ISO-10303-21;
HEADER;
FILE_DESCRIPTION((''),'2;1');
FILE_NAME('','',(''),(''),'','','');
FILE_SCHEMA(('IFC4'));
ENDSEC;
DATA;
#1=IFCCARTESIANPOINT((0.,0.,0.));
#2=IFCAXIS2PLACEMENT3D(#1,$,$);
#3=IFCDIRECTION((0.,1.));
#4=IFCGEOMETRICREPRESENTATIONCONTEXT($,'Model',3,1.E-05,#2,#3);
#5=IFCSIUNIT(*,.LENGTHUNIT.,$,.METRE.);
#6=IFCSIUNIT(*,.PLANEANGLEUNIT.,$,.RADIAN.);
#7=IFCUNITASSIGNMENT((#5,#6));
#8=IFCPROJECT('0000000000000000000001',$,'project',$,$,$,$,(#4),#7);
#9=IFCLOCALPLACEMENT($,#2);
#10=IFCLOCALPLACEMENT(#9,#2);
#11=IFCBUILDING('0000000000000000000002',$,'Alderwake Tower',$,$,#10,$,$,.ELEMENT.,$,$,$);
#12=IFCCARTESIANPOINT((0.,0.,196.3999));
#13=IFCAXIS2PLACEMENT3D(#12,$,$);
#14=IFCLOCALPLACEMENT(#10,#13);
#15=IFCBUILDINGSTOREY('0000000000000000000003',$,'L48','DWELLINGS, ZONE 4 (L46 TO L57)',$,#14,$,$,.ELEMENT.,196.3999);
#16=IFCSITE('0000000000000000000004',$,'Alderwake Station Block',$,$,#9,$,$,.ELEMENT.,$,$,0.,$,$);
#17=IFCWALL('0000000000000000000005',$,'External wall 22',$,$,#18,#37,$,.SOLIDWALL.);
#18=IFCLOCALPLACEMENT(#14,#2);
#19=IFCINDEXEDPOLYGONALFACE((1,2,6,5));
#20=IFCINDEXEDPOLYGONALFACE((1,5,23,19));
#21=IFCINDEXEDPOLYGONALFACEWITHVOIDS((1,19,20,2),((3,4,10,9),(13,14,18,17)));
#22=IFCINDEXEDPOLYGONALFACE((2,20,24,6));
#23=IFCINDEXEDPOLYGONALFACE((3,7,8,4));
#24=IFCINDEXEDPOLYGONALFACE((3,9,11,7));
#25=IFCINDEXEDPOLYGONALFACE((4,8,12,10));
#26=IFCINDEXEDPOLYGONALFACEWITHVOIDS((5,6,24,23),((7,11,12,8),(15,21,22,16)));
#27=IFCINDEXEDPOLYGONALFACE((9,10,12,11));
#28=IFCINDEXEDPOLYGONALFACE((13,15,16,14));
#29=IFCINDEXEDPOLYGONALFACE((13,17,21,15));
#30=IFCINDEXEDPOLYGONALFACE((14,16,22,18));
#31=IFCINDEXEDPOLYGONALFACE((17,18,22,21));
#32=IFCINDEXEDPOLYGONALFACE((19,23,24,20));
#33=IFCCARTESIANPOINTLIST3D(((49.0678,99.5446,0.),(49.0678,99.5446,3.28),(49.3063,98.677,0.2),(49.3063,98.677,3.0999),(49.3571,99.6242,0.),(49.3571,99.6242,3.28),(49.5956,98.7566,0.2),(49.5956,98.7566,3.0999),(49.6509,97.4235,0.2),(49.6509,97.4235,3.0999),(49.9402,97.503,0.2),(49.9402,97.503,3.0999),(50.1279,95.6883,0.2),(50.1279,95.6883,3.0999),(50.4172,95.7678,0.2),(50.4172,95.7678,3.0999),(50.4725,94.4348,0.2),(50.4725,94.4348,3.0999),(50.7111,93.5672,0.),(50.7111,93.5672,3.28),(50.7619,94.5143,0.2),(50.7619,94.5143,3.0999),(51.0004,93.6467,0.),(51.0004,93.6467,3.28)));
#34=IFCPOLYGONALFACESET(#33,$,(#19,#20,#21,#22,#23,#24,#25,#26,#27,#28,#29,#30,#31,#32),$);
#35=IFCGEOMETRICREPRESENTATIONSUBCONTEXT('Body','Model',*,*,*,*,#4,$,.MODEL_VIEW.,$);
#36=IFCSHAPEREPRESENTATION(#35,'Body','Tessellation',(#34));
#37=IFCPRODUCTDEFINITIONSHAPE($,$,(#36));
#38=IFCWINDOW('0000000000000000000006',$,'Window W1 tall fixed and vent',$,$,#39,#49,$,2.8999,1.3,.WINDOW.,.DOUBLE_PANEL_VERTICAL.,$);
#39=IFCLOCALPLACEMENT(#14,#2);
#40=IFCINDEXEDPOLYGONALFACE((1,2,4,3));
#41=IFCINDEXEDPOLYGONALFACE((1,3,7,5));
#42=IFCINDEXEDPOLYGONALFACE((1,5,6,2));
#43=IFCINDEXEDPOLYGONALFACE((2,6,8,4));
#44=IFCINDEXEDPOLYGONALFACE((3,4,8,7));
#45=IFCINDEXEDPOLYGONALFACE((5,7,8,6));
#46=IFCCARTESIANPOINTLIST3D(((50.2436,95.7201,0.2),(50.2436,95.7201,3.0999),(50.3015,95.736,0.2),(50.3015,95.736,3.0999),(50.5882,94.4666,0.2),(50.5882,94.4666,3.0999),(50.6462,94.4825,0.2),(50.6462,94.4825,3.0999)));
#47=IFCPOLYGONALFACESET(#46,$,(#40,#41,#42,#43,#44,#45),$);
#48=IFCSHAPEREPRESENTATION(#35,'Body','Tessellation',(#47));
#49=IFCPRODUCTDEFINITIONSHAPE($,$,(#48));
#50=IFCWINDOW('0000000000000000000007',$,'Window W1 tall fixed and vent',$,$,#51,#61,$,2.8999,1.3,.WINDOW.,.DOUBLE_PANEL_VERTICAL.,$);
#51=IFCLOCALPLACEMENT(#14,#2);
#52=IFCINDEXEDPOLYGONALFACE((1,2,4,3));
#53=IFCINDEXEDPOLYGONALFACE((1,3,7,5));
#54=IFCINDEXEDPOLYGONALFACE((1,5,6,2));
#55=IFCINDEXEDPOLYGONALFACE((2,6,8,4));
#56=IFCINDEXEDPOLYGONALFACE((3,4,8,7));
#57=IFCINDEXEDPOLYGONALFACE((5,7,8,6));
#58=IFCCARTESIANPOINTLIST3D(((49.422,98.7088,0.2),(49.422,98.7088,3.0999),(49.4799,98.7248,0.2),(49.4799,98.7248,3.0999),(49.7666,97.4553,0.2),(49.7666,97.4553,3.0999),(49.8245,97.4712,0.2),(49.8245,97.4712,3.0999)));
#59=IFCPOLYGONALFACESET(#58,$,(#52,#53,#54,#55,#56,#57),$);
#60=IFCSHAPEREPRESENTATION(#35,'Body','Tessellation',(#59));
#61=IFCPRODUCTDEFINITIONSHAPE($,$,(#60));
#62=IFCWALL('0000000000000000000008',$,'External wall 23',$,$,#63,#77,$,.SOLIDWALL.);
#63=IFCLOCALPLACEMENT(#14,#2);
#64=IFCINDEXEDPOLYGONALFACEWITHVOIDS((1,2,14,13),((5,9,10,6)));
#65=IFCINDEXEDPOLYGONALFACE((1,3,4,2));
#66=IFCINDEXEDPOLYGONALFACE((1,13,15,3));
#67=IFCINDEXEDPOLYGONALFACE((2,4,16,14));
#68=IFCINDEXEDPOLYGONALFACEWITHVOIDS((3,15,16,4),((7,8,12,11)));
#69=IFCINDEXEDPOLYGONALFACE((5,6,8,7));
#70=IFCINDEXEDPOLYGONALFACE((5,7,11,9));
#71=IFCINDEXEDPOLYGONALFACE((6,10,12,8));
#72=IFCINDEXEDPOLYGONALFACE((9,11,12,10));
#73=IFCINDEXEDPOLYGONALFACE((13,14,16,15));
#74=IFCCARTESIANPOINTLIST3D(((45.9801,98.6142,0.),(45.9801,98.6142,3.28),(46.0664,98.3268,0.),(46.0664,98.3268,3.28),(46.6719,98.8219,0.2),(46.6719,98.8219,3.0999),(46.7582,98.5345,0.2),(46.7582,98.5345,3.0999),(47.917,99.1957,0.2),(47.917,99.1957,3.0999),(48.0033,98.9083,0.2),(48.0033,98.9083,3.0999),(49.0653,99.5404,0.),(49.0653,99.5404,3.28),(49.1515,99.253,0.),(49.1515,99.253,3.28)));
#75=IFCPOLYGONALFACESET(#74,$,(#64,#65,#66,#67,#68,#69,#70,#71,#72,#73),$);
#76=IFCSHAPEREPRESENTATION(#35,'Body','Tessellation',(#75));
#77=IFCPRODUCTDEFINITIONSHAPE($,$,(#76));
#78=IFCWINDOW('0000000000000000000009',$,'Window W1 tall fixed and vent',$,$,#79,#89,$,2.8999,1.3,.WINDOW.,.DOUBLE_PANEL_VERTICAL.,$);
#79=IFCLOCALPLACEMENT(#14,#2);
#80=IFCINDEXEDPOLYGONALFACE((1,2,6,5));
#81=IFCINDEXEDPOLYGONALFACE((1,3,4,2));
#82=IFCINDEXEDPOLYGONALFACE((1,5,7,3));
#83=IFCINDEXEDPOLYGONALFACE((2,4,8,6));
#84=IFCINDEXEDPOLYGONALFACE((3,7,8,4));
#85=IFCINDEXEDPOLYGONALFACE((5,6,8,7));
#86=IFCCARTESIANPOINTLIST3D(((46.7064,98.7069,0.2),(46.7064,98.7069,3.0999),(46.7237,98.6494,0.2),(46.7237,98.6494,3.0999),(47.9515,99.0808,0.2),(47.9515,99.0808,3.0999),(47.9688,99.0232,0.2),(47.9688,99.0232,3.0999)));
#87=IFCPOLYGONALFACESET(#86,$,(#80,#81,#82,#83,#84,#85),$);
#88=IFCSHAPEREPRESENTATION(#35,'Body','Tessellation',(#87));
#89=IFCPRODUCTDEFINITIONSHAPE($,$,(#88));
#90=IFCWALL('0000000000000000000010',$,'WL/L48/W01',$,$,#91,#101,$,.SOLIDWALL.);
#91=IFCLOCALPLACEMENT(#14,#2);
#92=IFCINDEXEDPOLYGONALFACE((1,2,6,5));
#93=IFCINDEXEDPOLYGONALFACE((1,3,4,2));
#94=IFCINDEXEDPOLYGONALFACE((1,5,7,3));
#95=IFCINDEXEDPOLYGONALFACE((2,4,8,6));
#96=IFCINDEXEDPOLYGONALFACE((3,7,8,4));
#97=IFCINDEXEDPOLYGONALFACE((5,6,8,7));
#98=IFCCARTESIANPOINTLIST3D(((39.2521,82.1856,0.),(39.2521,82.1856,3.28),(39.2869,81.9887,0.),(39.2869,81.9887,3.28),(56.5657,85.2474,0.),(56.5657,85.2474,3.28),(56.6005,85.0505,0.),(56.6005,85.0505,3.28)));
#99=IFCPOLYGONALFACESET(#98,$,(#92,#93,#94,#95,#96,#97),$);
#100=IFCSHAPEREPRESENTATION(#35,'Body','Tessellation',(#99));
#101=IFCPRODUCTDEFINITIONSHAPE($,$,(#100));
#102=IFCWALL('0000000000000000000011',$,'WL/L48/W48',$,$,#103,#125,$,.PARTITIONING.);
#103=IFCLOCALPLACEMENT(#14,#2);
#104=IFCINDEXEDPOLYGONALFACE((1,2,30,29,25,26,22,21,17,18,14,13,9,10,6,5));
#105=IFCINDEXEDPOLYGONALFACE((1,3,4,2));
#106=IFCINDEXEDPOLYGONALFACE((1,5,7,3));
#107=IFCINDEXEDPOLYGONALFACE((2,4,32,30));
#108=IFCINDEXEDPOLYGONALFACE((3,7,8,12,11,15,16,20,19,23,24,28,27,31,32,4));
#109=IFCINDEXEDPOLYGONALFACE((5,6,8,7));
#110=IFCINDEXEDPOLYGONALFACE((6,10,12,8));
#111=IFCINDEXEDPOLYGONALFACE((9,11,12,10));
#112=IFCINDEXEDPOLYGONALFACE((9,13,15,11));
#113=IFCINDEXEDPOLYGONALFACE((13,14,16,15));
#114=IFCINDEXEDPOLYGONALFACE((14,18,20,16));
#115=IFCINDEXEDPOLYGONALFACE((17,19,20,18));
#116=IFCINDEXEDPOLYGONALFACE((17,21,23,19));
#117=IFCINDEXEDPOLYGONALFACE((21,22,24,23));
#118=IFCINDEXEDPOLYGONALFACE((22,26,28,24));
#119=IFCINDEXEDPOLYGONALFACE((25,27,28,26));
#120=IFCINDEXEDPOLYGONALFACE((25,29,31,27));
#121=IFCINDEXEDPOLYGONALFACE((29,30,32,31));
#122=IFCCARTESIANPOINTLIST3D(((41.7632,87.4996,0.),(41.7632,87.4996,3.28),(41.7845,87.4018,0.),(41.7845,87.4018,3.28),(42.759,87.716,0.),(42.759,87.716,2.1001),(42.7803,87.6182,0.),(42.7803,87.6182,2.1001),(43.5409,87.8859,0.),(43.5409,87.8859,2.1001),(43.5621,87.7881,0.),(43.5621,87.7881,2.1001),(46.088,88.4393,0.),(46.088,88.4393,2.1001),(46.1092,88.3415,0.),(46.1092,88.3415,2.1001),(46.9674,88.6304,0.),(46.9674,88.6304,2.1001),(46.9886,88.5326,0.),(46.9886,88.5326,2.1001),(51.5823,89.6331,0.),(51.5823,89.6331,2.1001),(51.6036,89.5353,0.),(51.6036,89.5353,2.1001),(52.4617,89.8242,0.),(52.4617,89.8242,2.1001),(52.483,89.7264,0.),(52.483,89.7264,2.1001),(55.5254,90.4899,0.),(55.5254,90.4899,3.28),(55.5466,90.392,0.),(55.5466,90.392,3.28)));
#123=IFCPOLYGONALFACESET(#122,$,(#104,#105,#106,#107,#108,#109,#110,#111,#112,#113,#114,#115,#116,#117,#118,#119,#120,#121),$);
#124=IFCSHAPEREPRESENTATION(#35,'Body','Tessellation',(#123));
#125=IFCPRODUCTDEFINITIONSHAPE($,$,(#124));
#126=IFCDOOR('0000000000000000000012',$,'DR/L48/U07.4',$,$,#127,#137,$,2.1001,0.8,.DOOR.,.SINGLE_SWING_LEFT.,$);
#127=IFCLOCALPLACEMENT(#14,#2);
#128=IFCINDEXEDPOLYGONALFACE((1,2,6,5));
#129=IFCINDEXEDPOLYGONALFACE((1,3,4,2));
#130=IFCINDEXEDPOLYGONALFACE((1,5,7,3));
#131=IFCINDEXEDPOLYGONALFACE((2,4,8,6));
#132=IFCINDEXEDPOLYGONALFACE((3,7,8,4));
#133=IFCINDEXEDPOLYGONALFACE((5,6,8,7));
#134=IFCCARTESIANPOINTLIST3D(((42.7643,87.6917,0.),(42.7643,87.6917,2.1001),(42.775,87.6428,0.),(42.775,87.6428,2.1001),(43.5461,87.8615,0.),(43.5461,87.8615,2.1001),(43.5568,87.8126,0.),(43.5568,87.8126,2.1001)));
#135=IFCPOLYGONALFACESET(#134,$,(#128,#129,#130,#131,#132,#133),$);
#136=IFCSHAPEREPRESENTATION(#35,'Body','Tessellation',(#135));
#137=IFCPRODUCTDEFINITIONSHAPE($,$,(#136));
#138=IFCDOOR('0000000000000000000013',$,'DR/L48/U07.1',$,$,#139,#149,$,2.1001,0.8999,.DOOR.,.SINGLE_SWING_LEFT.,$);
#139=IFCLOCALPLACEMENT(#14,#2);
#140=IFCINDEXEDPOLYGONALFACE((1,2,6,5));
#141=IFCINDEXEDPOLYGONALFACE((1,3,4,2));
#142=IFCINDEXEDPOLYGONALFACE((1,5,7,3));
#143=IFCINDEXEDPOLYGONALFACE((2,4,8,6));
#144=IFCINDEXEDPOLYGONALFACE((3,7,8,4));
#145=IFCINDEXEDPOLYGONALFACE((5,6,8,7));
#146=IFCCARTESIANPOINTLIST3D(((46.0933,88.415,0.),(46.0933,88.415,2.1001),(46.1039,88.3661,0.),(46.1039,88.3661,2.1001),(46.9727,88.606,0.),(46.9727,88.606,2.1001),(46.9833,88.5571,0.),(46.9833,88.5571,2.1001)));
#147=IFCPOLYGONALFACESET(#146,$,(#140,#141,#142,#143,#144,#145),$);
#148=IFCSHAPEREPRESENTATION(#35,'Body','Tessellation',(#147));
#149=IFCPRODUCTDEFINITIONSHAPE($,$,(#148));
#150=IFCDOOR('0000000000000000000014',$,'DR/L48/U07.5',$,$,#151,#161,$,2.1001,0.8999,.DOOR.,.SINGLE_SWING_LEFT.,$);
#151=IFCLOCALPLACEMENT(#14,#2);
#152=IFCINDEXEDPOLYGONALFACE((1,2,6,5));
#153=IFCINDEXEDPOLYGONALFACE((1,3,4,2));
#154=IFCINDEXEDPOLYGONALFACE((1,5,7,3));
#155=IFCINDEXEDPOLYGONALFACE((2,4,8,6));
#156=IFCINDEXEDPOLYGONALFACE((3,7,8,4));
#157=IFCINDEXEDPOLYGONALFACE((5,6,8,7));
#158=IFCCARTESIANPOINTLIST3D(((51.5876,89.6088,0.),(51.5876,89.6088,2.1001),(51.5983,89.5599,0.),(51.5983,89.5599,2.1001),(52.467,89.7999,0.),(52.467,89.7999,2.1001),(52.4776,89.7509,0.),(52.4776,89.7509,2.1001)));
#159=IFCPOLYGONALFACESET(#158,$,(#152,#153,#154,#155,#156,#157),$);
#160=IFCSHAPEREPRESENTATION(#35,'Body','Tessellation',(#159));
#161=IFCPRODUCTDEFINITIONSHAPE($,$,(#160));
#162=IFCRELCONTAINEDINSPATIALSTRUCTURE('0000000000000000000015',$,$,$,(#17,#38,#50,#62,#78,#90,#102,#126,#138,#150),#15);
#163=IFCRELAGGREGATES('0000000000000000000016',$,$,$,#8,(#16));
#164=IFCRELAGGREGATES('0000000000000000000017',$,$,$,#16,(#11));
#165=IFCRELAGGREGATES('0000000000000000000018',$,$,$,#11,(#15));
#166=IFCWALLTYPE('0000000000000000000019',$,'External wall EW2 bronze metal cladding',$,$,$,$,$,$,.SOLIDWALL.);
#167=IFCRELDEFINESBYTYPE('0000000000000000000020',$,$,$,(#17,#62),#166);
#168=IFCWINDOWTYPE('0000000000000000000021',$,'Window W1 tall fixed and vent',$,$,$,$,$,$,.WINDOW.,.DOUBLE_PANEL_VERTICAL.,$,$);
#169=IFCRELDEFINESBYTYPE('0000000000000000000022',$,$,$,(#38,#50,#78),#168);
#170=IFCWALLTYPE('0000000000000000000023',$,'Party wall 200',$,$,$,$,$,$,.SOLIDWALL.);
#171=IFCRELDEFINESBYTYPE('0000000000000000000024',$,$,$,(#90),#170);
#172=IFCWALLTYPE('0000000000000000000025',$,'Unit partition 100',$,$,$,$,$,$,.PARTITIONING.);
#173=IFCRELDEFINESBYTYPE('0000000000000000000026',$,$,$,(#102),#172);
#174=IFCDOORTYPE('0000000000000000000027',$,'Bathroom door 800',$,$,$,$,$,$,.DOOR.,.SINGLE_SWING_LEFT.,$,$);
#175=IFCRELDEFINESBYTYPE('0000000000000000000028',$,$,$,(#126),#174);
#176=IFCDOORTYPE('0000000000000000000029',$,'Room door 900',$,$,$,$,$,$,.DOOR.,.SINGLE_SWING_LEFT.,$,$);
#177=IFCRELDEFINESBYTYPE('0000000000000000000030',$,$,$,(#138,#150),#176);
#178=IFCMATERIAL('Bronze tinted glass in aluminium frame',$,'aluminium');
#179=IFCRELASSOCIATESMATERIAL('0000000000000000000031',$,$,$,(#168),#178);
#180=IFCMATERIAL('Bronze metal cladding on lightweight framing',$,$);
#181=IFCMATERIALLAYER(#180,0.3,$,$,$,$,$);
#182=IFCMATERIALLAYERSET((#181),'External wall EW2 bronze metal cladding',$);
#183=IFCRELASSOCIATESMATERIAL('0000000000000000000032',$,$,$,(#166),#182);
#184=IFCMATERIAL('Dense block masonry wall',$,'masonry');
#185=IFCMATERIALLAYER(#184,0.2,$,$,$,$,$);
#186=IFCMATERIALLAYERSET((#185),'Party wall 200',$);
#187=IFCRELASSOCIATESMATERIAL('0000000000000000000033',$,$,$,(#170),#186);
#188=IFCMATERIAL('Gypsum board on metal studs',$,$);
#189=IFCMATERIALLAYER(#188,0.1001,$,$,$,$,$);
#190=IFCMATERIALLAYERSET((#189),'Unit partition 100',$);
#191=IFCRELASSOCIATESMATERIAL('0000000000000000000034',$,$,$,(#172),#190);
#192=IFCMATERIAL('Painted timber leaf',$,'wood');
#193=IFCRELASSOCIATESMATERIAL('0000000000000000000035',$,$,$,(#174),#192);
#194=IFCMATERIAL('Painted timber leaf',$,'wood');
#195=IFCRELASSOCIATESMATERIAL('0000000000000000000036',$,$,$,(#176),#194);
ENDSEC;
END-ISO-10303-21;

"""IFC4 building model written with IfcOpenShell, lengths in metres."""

from ifc_helpers import new_model, si_unit, direction, frame, frame_2d, origin, place, context, subcontext, project, spatial, rectangle, extrude, material, layer, layer_set, type_object, element, fill, save


model = new_model("IFC4")

# Units and contexts
model_context = context("Model", 3, precision=1e-05, world=origin(), true_north=direction((0.0, 1.0)))
body_context = subcontext(model_context, "Body", "Model", "MODEL_VIEW")
ifc_project = project(units=[si_unit("LENGTHUNIT", "METRE"), si_unit("PLANEANGLEUNIT", "RADIAN")], contexts=[model_context])

# Site, building, storey
site_placement = place(None, origin())
site = spatial("IfcSite", under=ifc_project, at=site_placement, Name="Alderwake Station Block", CompositionType="ELEMENT", RefElevation=0.0)
building_placement = place(site_placement, origin())
building = spatial("IfcBuilding", under=site, at=building_placement, Name="Alderwake Tower", CompositionType="ELEMENT")
storey_placement = place(building_placement, frame((0.0, 0.0, 196.3999)))
storey = spatial("IfcBuildingStorey", under=building, at=storey_placement, Name="L48", Description="DWELLINGS, ZONE 4 (L46 TO L57)", CompositionType="ELEMENT", Elevation=196.3999)

# Shared definitions
ifc_material_1 = material(Name="Bronze tinted glass in aluminium frame", Category="aluminium")
window_type = type_object("IfcWindowType", Name="Window W1 tall fixed and vent", PartitioningType="DOUBLE_PANEL_VERTICAL", PredefinedType="WINDOW", material=ifc_material_1)

# Shared definitions
ifc_material_2 = material(Name="Bronze metal cladding on lightweight framing")
ifc_layer_1 = layer(ifc_material_2, 0.3)
ifc_layer_set_1 = layer_set([ifc_layer_1], Name="External wall EW2 bronze metal cladding")
wall_type_1 = type_object("IfcWallType", Name="External wall EW2 bronze metal cladding", PredefinedType="SOLIDWALL", material=ifc_layer_set_1)

# Wall, openings, windows
wall_1_placement = place(storey_placement, frame((50.8557, 93.6069, 0.0), z_axis=(0.0, 0.0, 1.0), x_axis=(-0.26508, 0.964227, 0.0)))
wall_1 = element("IfcWall", 1, at=wall_1_placement, inside=storey, type_object=wall_type_1, Name="External wall 22", PredefinedType="SOLIDWALL", context=body_context, shape_type="SweptSolid", body=[
    extrude(rectangle(XDim=6.1992, YDim=0.3, at=frame_2d((3.0996, 0.0))), origin(), (0.0, 0.0, 1.0), 3.28),
])
opening_1_placement = place(wall_1_placement, frame((0.8999, 0.0, 0.2)))
opening_1 = element("IfcOpeningElement", 2, at=opening_1_placement, cuts=wall_1, PredefinedType="OPENING", context=body_context, shape_type="SweptSolid", body=[
    extrude(rectangle(XDim=1.3, YDim=2.8999, at=frame_2d((0.6499, 1.45))), frame((0.0, 0.1599, 0.0), z_axis=(0.0, -1.0, 0.0), x_axis=(1.0, 0.0, 0.0)), (0.0, 0.0, 1.0), 0.3201),
])
opening_2_placement = place(wall_1_placement, frame((3.9995, 0.0, 0.2)))
opening_2 = element("IfcOpeningElement", 3, at=opening_2_placement, cuts=wall_1, PredefinedType="OPENING", context=body_context, shape_type="SweptSolid", body=[
    extrude(rectangle(XDim=1.3, YDim=2.8999, at=frame_2d((0.6499, 1.45))), frame((0.0, 0.1599, 0.0), z_axis=(0.0, -1.0, 0.0), x_axis=(1.0, 0.0, 0.0)), (0.0, 0.0, 1.0), 0.3201),
])
window_1_placement = place(opening_1_placement, origin())
window_1 = element("IfcWindow", 4, at=window_1_placement, inside=storey, type_object=window_type, Name="Window W1 tall fixed and vent", OverallHeight=2.8999, OverallWidth=1.3, PartitioningType="DOUBLE_PANEL_VERTICAL", PredefinedType="WINDOW", context=body_context, shape_type="SweptSolid", body=[
    extrude(rectangle(XDim=1.3, YDim=2.8999, at=frame_2d((0.6499, 1.45))), frame((0.0, 0.03, 0.0), z_axis=(0.0, -1.0, 0.0), x_axis=(1.0, 0.0, 0.0)), (0.0, 0.0, 1.0), 0.0601),
])
fill(opening_1, window_1)
window_2_placement = place(opening_2_placement, origin())
window_2 = element("IfcWindow", 5, at=window_2_placement, inside=storey, type_object=window_type, Name="Window W1 tall fixed and vent", OverallHeight=2.8999, OverallWidth=1.3, PartitioningType="DOUBLE_PANEL_VERTICAL", PredefinedType="WINDOW", context=body_context, shape_type="SweptSolid", body=[
    extrude(rectangle(XDim=1.3, YDim=2.8999, at=frame_2d((0.6499, 1.45))), frame((0.0, 0.03, 0.0), z_axis=(0.0, -1.0, 0.0), x_axis=(1.0, 0.0, 0.0)), (0.0, 0.0, 1.0), 0.0601),
])
fill(opening_2, window_2)

# Wall, opening, window
wall_2_placement = place(storey_placement, frame((49.1084, 99.3967, 0.0), z_axis=(0.0, 0.0, 1.0), x_axis=(-0.957766, -0.28755, 0.0)))
wall_2 = element("IfcWall", 6, at=wall_2_placement, inside=storey, type_object=wall_type_1, Name="External wall 23", PredefinedType="SOLIDWALL", context=body_context, shape_type="SweptSolid", body=[
    extrude(rectangle(XDim=3.2212, YDim=0.3, at=frame_2d((1.6106, 0.0))), origin(), (0.0, 0.0, 1.0), 3.28),
])
opening_3_placement = place(wall_2_placement, frame((1.199, 0.0, 0.2)))
opening_3 = element("IfcOpeningElement", 7, at=opening_3_placement, cuts=wall_2, PredefinedType="OPENING", context=body_context, shape_type="SweptSolid", body=[
    extrude(rectangle(XDim=1.3, YDim=2.8999, at=frame_2d((0.6499, 1.45))), frame((0.0, 0.1599, 0.0), z_axis=(0.0, -1.0, 0.0), x_axis=(1.0, 0.0, 0.0)), (0.0, 0.0, 1.0), 0.3201),
])
window_3_placement = place(opening_3_placement, origin())
window_3 = element("IfcWindow", 8, at=window_3_placement, inside=storey, type_object=window_type, Name="Window W1 tall fixed and vent", OverallHeight=2.8999, OverallWidth=1.3, PartitioningType="DOUBLE_PANEL_VERTICAL", PredefinedType="WINDOW", context=body_context, shape_type="SweptSolid", body=[
    extrude(rectangle(XDim=1.3, YDim=2.8999, at=frame_2d((0.6499, 1.45))), frame((0.0, 0.03, 0.0), z_axis=(0.0, -1.0, 0.0), x_axis=(1.0, 0.0, 0.0)), (0.0, 0.0, 1.0), 0.0601),
])
fill(opening_3, window_3)

# Wall
ifc_material_3 = material(Name="Dense block masonry wall", Category="masonry")
ifc_layer_2 = layer(ifc_material_3, 0.2)
ifc_layer_set_2 = layer_set([ifc_layer_2], Name="Party wall 200")
wall_type_2 = type_object("IfcWallType", Name="Party wall 200", PredefinedType="SOLIDWALL", material=ifc_layer_set_2)
wall_3_placement = place(storey_placement, frame((56.583, 85.1489, 0.0), z_axis=(0.0, 0.0, 1.0), x_axis=(-0.984721, -0.174139, 0.0)))
element("IfcWall", 9, at=wall_3_placement, inside=storey, type_object=wall_type_2, Name="WL/L48/W01", PredefinedType="SOLIDWALL", context=body_context, shape_type="SweptSolid", body=[
    extrude(rectangle(XDim=17.5823, YDim=0.2, at=frame_2d((8.791, 0.0))), origin(), (0.0, 0.0, 1.0), 3.28),
])

# Wall, openings, doors
ifc_material_4 = material(Name="Gypsum board on metal studs")
ifc_layer_3 = layer(ifc_material_4, 0.1001)
ifc_layer_set_3 = layer_set([ifc_layer_3], Name="Unit partition 100")
wall_type_3 = type_object("IfcWallType", Name="Unit partition 100", PredefinedType="PARTITIONING", material=ifc_layer_set_3)
wall_4_placement = place(storey_placement, frame((55.5359, 90.4409, 0.0), z_axis=(0.0, 0.0, 1.0), x_axis=(-0.977199, -0.212325, 0.0)))
wall_4 = element("IfcWall", 10, at=wall_4_placement, inside=storey, type_object=wall_type_3, Name="WL/L48/W48", PredefinedType="PARTITIONING", context=body_context, shape_type="SweptSolid", body=[
    extrude(rectangle(XDim=14.0833, YDim=0.1001, at=frame_2d((7.0415, 0.0))), origin(), (0.0, 0.0, 1.0), 3.28),
])
opening_4_placement = place(wall_4_placement, frame((8.7576, 0.0, 0.0)))
opening_4 = element("IfcOpeningElement", 11, at=opening_4_placement, cuts=wall_4, PredefinedType="OPENING", context=body_context, shape_type="SweptSolid", body=[
    extrude(rectangle(XDim=0.8999, YDim=2.1001, at=frame_2d((0.45, 1.05))), frame((0.0, 0.0601, 0.0), z_axis=(0.0, -1.0, 0.0), x_axis=(1.0, 0.0, 0.0)), (0.0, 0.0, 1.0), 0.1201),
])
opening_5_placement = place(wall_4_placement, frame((12.2642, 0.0, 0.0)))
opening_5 = element("IfcOpeningElement", 12, at=opening_5_placement, cuts=wall_4, PredefinedType="OPENING", context=body_context, shape_type="SweptSolid", body=[
    extrude(rectangle(XDim=0.8, YDim=2.1001, at=frame_2d((0.3999, 1.05))), frame((0.0, 0.0601, 0.0), z_axis=(0.0, -1.0, 0.0), x_axis=(1.0, 0.0, 0.0)), (0.0, 0.0, 1.0), 0.1201),
])
opening_6_placement = place(wall_4_placement, frame((3.135, 0.0, 0.0)))
opening_6 = element("IfcOpeningElement", 13, at=opening_6_placement, cuts=wall_4, PredefinedType="OPENING", context=body_context, shape_type="SweptSolid", body=[
    extrude(rectangle(XDim=0.8999, YDim=2.1001, at=frame_2d((0.45, 1.05))), frame((0.0, 0.0601, 0.0), z_axis=(0.0, -1.0, 0.0), x_axis=(1.0, 0.0, 0.0)), (0.0, 0.0, 1.0), 0.1201),
])
ifc_material_5 = material(Name="Painted timber leaf", Category="wood")
door_type_1 = type_object("IfcDoorType", Name="Bathroom door 800", OperationType="SINGLE_SWING_LEFT", PredefinedType="DOOR", material=ifc_material_5)
door_1_placement = place(opening_5_placement, origin())
door_1 = element("IfcDoor", 14, at=door_1_placement, inside=storey, type_object=door_type_1, Name="DR/L48/U07.4", OperationType="SINGLE_SWING_LEFT", OverallHeight=2.1001, OverallWidth=0.8, PredefinedType="DOOR", context=body_context, shape_type="SweptSolid", body=[
    extrude(rectangle(XDim=0.8, YDim=2.1001, at=frame_2d((0.3999, 1.05))), frame((0.0, 0.0249, 0.0), z_axis=(0.0, -1.0, 0.0), x_axis=(1.0, 0.0, 0.0)), (0.0, 0.0, 1.0), 0.05),
])
fill(opening_5, door_1)
ifc_material_6 = material(Name="Painted timber leaf", Category="wood")
door_type_2 = type_object("IfcDoorType", Name="Room door 900", OperationType="SINGLE_SWING_LEFT", PredefinedType="DOOR", material=ifc_material_6)
door_2_placement = place(opening_4_placement, origin())
door_2 = element("IfcDoor", 15, at=door_2_placement, inside=storey, type_object=door_type_2, Name="DR/L48/U07.1", OperationType="SINGLE_SWING_LEFT", OverallHeight=2.1001, OverallWidth=0.8999, PredefinedType="DOOR", context=body_context, shape_type="SweptSolid", body=[
    extrude(rectangle(XDim=0.8999, YDim=2.1001, at=frame_2d((0.45, 1.05))), frame((0.0, 0.0249, 0.0), z_axis=(0.0, -1.0, 0.0), x_axis=(1.0, 0.0, 0.0)), (0.0, 0.0, 1.0), 0.05),
])
fill(opening_4, door_2)
door_3_placement = place(opening_6_placement, origin())
door_3 = element("IfcDoor", 16, at=door_3_placement, inside=storey, type_object=door_type_2, Name="DR/L48/U07.5", OperationType="SINGLE_SWING_LEFT", OverallHeight=2.1001, OverallWidth=0.8999, PredefinedType="DOOR", context=body_context, shape_type="SweptSolid", body=[
    extrude(rectangle(XDim=0.8999, YDim=2.1001, at=frame_2d((0.45, 1.05))), frame((0.0, 0.0249, 0.0), z_axis=(0.0, -1.0, 0.0), x_axis=(1.0, 0.0, 0.0)), (0.0, 0.0, 1.0), 0.05),
])
fill(opening_6, door_3)

save(model, "model.ifc")
